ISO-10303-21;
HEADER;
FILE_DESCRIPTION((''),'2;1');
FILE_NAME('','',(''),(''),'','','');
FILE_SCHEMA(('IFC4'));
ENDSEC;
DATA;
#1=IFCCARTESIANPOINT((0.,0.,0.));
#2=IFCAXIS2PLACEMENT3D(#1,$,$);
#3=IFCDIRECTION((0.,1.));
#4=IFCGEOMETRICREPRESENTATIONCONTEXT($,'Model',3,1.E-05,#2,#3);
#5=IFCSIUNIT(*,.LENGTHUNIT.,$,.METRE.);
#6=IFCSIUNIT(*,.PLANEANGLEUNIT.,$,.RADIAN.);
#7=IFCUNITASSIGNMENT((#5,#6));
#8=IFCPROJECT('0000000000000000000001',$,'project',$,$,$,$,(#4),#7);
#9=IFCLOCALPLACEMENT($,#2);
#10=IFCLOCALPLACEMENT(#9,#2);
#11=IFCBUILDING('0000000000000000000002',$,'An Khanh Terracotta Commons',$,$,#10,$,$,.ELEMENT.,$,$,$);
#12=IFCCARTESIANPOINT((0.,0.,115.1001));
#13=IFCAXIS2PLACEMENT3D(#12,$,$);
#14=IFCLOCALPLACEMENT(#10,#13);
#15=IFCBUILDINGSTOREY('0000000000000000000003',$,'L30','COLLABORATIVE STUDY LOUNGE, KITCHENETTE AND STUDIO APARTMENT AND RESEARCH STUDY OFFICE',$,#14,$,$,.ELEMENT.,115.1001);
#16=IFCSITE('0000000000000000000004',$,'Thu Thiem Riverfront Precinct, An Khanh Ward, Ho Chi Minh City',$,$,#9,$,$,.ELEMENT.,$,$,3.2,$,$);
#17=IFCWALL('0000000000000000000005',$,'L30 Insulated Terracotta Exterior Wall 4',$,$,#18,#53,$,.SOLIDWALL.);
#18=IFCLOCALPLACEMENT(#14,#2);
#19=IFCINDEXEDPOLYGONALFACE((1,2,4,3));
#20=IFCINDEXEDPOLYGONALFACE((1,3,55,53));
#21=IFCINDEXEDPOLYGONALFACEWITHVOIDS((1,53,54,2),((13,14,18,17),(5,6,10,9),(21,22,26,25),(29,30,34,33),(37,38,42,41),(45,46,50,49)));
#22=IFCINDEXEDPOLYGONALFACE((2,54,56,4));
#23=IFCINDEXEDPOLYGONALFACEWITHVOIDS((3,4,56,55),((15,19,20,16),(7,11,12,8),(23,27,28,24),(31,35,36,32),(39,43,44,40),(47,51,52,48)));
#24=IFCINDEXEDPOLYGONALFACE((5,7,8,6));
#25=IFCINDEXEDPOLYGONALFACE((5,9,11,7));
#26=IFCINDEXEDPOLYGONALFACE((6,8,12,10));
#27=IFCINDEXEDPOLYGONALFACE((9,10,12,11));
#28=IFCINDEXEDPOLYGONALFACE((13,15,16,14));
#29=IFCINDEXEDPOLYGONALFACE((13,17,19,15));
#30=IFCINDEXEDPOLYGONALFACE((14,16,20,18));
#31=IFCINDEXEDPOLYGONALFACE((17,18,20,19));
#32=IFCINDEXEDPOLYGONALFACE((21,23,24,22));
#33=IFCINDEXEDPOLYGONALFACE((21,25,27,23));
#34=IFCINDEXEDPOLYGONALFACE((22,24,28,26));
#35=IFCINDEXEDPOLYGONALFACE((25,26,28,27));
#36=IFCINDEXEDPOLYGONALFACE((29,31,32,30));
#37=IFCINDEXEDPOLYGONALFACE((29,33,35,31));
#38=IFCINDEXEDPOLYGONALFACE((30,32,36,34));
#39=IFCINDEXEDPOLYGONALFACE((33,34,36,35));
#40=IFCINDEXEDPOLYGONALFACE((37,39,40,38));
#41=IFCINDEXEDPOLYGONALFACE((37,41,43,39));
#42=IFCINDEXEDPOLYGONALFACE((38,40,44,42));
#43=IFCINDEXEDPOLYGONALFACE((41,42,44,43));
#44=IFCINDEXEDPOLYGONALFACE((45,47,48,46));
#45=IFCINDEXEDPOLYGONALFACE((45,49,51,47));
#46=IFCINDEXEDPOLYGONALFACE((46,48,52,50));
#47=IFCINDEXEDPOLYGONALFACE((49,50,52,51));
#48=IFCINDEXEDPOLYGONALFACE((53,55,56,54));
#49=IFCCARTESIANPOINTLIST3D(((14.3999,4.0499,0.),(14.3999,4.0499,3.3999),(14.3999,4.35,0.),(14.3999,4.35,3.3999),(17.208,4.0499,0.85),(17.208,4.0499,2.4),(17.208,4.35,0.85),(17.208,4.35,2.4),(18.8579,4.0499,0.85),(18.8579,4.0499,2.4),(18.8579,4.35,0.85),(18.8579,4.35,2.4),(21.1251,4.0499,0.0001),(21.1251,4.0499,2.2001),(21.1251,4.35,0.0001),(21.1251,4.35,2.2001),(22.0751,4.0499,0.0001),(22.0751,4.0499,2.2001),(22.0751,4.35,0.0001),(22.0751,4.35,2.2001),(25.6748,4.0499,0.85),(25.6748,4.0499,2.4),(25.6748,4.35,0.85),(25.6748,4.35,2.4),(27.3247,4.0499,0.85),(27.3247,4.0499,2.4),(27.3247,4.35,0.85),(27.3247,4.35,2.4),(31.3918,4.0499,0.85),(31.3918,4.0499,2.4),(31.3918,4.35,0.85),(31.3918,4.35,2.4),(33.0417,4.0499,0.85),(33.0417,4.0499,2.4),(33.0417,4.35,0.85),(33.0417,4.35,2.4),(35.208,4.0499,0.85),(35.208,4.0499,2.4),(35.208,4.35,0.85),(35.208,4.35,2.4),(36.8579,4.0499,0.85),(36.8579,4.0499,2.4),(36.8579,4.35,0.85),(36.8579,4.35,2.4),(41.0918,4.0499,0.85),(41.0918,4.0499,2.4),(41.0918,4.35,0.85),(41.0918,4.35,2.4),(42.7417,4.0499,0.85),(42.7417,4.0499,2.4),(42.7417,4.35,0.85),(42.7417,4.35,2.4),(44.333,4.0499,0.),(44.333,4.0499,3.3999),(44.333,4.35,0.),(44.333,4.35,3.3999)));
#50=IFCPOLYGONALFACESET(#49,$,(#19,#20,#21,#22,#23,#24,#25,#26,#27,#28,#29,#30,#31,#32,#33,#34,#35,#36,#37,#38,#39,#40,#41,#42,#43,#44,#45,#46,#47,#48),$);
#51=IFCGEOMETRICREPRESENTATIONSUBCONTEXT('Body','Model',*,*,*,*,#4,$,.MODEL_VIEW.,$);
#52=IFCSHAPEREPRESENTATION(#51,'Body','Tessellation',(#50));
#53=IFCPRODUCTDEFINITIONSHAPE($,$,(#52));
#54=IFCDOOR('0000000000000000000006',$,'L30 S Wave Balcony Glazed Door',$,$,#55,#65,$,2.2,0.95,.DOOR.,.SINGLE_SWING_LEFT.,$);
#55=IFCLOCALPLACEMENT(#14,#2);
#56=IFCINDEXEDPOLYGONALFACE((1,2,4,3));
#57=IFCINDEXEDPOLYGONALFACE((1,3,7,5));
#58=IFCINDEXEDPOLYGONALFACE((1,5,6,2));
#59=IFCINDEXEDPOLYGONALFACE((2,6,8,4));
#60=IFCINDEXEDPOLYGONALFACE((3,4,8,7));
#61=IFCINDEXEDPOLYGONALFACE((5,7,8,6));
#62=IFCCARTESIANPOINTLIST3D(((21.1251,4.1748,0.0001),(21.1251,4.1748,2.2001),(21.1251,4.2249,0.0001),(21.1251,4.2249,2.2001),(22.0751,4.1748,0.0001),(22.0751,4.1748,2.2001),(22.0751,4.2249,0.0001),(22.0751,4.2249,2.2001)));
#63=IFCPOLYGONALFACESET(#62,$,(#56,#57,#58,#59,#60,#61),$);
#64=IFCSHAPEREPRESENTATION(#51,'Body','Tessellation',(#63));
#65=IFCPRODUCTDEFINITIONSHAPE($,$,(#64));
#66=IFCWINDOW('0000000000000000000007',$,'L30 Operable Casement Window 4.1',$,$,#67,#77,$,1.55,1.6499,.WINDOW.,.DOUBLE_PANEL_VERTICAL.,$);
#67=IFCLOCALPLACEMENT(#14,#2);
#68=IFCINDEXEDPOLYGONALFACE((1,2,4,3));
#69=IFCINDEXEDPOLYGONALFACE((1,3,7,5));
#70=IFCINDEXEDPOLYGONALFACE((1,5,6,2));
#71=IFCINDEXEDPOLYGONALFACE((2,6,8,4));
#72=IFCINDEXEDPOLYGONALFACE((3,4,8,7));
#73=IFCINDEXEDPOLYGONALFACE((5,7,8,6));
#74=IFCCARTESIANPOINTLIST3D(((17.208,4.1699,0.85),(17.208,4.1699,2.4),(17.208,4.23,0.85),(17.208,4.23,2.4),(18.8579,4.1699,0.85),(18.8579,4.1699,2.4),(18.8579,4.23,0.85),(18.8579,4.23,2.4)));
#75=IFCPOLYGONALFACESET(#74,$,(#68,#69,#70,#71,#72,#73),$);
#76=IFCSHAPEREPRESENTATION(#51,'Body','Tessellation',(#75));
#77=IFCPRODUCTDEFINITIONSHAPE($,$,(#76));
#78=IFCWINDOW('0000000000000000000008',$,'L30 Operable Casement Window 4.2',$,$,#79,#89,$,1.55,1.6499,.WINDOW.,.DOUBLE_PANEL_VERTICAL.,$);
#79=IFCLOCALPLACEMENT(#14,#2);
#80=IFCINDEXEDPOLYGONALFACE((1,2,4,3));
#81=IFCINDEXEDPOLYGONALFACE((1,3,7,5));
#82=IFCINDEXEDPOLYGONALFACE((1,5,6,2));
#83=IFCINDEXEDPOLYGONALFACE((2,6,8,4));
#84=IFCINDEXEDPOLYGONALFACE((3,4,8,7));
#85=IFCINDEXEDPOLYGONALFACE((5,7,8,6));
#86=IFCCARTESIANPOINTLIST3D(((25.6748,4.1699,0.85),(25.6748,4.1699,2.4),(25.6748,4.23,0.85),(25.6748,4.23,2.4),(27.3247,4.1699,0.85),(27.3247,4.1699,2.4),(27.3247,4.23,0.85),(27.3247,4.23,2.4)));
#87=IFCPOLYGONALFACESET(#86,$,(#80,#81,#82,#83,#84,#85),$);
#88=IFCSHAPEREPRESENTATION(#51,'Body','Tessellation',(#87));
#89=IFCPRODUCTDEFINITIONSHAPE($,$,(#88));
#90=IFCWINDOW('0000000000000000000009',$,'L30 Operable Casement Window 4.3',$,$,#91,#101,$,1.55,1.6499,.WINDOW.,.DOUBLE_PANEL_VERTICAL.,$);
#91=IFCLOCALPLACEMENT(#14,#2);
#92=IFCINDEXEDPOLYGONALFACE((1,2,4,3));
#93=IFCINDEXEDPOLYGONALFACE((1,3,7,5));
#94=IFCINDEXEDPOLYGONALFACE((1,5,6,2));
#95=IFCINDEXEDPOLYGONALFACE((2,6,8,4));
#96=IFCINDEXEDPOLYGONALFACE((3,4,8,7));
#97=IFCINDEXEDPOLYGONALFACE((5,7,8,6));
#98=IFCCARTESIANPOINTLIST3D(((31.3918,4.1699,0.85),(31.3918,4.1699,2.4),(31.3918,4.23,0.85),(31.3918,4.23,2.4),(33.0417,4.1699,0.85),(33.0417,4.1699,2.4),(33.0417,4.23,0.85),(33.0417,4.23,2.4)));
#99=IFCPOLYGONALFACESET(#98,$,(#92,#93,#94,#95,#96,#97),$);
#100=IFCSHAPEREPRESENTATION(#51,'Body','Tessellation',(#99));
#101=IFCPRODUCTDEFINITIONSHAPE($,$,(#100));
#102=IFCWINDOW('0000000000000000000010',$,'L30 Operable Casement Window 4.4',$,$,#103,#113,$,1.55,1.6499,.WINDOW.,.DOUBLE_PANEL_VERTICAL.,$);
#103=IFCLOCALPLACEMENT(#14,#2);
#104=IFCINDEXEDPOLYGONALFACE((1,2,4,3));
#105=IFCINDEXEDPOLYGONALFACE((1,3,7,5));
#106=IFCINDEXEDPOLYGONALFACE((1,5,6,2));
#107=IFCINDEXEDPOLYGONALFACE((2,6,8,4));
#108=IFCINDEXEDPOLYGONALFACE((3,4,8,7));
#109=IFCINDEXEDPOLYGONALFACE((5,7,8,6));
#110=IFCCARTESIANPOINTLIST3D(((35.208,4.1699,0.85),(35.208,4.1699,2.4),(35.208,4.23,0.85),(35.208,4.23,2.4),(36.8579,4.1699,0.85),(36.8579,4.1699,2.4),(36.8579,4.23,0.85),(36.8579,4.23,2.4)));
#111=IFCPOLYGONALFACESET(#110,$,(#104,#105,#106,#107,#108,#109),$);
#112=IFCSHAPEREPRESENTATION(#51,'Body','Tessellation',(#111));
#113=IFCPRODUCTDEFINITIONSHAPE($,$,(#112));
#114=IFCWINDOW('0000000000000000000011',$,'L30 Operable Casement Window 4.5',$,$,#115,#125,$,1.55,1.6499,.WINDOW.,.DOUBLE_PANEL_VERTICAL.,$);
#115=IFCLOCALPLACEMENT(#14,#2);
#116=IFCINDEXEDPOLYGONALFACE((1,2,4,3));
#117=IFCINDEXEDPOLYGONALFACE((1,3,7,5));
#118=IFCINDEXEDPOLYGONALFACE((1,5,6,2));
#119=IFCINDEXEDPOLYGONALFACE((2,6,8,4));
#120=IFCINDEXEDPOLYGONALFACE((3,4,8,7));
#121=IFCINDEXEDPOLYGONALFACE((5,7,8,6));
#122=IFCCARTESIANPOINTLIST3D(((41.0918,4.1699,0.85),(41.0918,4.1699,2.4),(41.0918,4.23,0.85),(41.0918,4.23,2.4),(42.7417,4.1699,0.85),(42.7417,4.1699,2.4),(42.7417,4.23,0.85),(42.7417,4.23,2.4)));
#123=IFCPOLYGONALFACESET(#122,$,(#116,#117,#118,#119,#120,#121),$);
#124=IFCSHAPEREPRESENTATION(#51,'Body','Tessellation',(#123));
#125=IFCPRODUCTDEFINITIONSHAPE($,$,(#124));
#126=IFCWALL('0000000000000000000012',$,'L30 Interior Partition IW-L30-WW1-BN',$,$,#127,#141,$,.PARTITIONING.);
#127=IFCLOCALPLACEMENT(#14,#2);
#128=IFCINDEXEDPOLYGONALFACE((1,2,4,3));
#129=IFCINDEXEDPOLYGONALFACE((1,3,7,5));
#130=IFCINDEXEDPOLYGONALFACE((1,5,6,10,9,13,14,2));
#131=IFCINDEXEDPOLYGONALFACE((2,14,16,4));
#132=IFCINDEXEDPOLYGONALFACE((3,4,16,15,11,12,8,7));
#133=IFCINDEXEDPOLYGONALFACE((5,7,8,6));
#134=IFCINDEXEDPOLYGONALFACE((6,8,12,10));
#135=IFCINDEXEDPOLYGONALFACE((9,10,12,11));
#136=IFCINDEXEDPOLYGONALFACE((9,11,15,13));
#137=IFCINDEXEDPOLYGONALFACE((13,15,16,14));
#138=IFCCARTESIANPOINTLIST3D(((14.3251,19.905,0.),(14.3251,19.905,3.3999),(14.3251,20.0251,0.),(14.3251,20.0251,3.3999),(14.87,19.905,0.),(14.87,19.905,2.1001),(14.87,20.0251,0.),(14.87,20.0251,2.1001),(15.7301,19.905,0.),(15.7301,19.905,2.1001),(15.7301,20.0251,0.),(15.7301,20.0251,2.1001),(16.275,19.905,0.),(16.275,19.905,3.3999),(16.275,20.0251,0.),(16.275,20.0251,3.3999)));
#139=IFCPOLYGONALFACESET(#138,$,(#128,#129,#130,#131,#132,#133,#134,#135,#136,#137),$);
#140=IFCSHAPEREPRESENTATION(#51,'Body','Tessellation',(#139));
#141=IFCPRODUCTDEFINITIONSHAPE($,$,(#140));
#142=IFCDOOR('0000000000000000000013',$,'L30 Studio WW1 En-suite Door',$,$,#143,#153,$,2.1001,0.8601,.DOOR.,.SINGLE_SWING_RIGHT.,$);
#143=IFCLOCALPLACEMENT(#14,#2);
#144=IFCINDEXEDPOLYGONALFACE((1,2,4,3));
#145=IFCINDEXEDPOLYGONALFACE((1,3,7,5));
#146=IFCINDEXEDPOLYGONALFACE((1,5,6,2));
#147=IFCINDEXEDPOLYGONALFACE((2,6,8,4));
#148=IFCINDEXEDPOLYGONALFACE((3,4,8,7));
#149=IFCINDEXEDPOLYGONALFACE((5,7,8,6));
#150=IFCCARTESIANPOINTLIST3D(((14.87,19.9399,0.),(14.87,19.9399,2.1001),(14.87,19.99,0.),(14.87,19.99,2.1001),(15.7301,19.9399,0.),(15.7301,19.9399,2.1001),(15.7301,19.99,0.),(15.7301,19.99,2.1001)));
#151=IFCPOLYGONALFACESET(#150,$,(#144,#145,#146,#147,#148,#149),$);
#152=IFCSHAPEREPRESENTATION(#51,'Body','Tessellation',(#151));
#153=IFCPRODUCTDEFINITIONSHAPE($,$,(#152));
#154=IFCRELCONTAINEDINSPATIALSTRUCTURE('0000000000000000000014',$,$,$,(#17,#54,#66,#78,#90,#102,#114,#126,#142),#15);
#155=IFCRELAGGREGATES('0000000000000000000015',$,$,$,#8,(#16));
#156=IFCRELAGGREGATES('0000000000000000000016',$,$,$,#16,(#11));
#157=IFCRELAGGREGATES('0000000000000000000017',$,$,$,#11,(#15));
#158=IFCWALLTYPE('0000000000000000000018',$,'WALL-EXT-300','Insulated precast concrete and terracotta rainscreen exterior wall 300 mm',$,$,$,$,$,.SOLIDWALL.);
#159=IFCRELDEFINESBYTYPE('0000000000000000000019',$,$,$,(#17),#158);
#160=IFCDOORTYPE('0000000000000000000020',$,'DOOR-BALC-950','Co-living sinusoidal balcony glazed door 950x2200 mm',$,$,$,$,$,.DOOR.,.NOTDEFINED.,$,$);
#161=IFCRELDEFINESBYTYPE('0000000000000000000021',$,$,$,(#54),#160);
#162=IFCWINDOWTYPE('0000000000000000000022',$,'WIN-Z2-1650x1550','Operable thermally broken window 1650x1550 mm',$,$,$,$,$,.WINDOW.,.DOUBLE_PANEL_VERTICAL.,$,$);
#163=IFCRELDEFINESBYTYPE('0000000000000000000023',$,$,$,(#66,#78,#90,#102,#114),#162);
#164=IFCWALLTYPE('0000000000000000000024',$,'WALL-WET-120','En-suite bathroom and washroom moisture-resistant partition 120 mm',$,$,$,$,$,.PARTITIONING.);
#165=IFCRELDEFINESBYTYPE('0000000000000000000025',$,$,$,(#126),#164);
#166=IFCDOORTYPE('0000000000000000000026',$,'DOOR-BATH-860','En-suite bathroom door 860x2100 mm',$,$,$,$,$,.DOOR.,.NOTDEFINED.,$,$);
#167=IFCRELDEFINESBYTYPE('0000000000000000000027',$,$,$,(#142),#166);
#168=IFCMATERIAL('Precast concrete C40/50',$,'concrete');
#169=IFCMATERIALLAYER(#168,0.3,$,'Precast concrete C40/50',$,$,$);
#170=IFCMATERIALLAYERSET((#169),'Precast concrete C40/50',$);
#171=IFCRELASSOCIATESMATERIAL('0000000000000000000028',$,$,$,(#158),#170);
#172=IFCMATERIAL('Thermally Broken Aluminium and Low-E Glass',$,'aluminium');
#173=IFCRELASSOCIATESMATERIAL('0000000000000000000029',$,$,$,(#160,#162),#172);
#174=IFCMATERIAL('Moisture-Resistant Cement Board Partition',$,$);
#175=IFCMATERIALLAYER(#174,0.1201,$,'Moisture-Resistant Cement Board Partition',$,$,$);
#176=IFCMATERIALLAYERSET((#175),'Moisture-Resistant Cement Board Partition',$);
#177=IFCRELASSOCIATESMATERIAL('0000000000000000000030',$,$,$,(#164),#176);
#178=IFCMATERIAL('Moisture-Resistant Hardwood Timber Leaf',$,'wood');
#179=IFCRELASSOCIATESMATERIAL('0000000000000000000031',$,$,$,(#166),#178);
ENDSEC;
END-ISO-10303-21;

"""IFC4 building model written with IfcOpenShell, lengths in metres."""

from ifc_helpers import new_model, si_unit, direction, frame, frame_2d, origin, place, context, subcontext, project, spatial, rectangle, extrude, material, layer, layer_set, type_object, element, fill, save


model = new_model("IFC4")

# Units and contexts
model_context = context("Model", 3, precision=1e-05, world=origin(), true_north=direction((0.0, 1.0)))
body_context = subcontext(model_context, "Body", "Model", "MODEL_VIEW")
ifc_project = project(units=[si_unit("LENGTHUNIT", "METRE"), si_unit("PLANEANGLEUNIT", "RADIAN")], contexts=[model_context])

# Site, building, storey
site_placement = place(None, origin())
site = spatial("IfcSite", under=ifc_project, at=site_placement, Name="Thu Thiem Riverfront Precinct, An Khanh Ward, Ho Chi Minh City", CompositionType="ELEMENT", RefElevation=3.2)
building_placement = place(site_placement, origin())
building = spatial("IfcBuilding", under=site, at=building_placement, Name="An Khanh Terracotta Commons", CompositionType="ELEMENT")
storey_placement = place(building_placement, frame((0.0, 0.0, 115.1001)))
storey = spatial("IfcBuildingStorey", under=building, at=storey_placement, Name="L30", Description="COLLABORATIVE STUDY LOUNGE, KITCHENETTE AND STUDIO APARTMENT AND RESEARCH STUDY OFFICE", CompositionType="ELEMENT", Elevation=115.1001)

# Shared definitions
ifc_material_1 = material(Name="Precast concrete C40/50", Category="concrete")
ifc_layer_1 = layer(ifc_material_1, 0.3, Name="Precast concrete C40/50")
ifc_layer_set_1 = layer_set([ifc_layer_1], Name="Precast concrete C40/50")
wall_type_1 = type_object("IfcWallType", Name="WALL-EXT-300", Description="Insulated precast concrete and terracotta rainscreen exterior wall 300 mm", PredefinedType="SOLIDWALL", material=ifc_layer_set_1)

# Wall, openings, door, windows
wall_1_placement = place(storey_placement, frame((14.3999, 4.2, 0.0), z_axis=(0.0, 0.0, 1.0), x_axis=(1.0, 0.0, 0.0)))
wall_1 = element("IfcWall", 1, at=wall_1_placement, inside=storey, type_object=wall_type_1, Name="L30 Insulated Terracotta Exterior Wall 4", PredefinedType="SOLIDWALL", context=body_context, shape_type="SweptSolid", body=[
    extrude(rectangle(XDim=29.9331, YDim=0.3, at=frame_2d((14.9666, 0.0))), origin(), (0.0, 0.0, 1.0), 3.3999),
])
opening_1_placement = place(wall_1_placement, frame((6.7251, 0.0, 0.0)))
opening_1 = element("IfcOpeningElement", 2, at=opening_1_placement, cuts=wall_1, PredefinedType="OPENING", context=body_context, shape_type="SweptSolid", body=[
    extrude(rectangle(XDim=0.95, YDim=2.2, at=frame_2d((0.4751, 1.1001))), frame((0.0, 0.1599, 0.0), z_axis=(0.0, -1.0, 0.0), x_axis=(1.0, 0.0, 0.0)), (0.0, 0.0, 1.0), 0.3201),
])
opening_2_placement = place(wall_1_placement, frame((2.8081, 0.0, 0.8501)))
opening_2 = element("IfcOpeningElement", 3, at=opening_2_placement, cuts=wall_1, PredefinedType="OPENING", context=body_context, shape_type="SweptSolid", body=[
    extrude(rectangle(XDim=1.6499, YDim=1.55, at=frame_2d((0.825, 0.7749))), frame((0.0, 0.1599, 0.0), z_axis=(0.0, -1.0, 0.0), x_axis=(1.0, 0.0, 0.0)), (0.0, 0.0, 1.0), 0.3201),
])
opening_3_placement = place(wall_1_placement, frame((11.2749, 0.0, 0.8501)))
opening_3 = element("IfcOpeningElement", 4, at=opening_3_placement, cuts=wall_1, PredefinedType="OPENING", context=body_context, shape_type="SweptSolid", body=[
    extrude(rectangle(XDim=1.6499, YDim=1.55, at=frame_2d((0.825, 0.7749))), frame((0.0, 0.1599, 0.0), z_axis=(0.0, -1.0, 0.0), x_axis=(1.0, 0.0, 0.0)), (0.0, 0.0, 1.0), 0.3201),
])
opening_4_placement = place(wall_1_placement, frame((16.9919, 0.0, 0.8501)))
opening_4 = element("IfcOpeningElement", 5, at=opening_4_placement, cuts=wall_1, PredefinedType="OPENING", context=body_context, shape_type="SweptSolid", body=[
    extrude(rectangle(XDim=1.6499, YDim=1.55, at=frame_2d((0.825, 0.7749))), frame((0.0, 0.1599, 0.0), z_axis=(0.0, -1.0, 0.0), x_axis=(1.0, 0.0, 0.0)), (0.0, 0.0, 1.0), 0.3201),
])
opening_5_placement = place(wall_1_placement, frame((20.8081, 0.0, 0.8501)))
opening_5 = element("IfcOpeningElement", 6, at=opening_5_placement, cuts=wall_1, PredefinedType="OPENING", context=body_context, shape_type="SweptSolid", body=[
    extrude(rectangle(XDim=1.6499, YDim=1.55, at=frame_2d((0.825, 0.7749))), frame((0.0, 0.1599, 0.0), z_axis=(0.0, -1.0, 0.0), x_axis=(1.0, 0.0, 0.0)), (0.0, 0.0, 1.0), 0.3201),
])
opening_6_placement = place(wall_1_placement, frame((26.6919, 0.0, 0.8501)))
opening_6 = element("IfcOpeningElement", 7, at=opening_6_placement, cuts=wall_1, PredefinedType="OPENING", context=body_context, shape_type="SweptSolid", body=[
    extrude(rectangle(XDim=1.6499, YDim=1.55, at=frame_2d((0.825, 0.7749))), frame((0.0, 0.1599, 0.0), z_axis=(0.0, -1.0, 0.0), x_axis=(1.0, 0.0, 0.0)), (0.0, 0.0, 1.0), 0.3201),
])
ifc_material_2 = material(Name="Thermally Broken Aluminium and Low-E Glass", Category="aluminium")
door_type_1 = type_object("IfcDoorType", Name="DOOR-BALC-950", Description="Co-living sinusoidal balcony glazed door 950x2200 mm", OperationType="NOTDEFINED", PredefinedType="DOOR", material=ifc_material_2)
door_1_placement = place(opening_1_placement, origin())
door_1 = element("IfcDoor", 8, at=door_1_placement, inside=storey, type_object=door_type_1, Name="L30 S Wave Balcony Glazed Door", OperationType="SINGLE_SWING_LEFT", OverallHeight=2.2, OverallWidth=0.95, PredefinedType="DOOR", context=body_context, shape_type="SweptSolid", body=[
    extrude(rectangle(XDim=0.95, YDim=2.2, at=frame_2d((0.4751, 1.1001))), frame((0.0, 0.0249, 0.0), z_axis=(0.0, -1.0, 0.0), x_axis=(1.0, 0.0, 0.0)), (0.0, 0.0, 1.0), 0.05),
])
fill(opening_1, door_1)
window_type = type_object("IfcWindowType", Name="WIN-Z2-1650x1550", Description="Operable thermally broken window 1650x1550 mm", PartitioningType="DOUBLE_PANEL_VERTICAL", PredefinedType="WINDOW", material=ifc_material_2)
window_1_placement = place(opening_2_placement, origin())
window_1 = element("IfcWindow", 9, at=window_1_placement, inside=storey, type_object=window_type, Name="L30 Operable Casement Window 4.1", OverallHeight=1.55, OverallWidth=1.6499, PartitioningType="DOUBLE_PANEL_VERTICAL", PredefinedType="WINDOW", context=body_context, shape_type="SweptSolid", body=[
    extrude(rectangle(XDim=1.6499, YDim=1.55, at=frame_2d((0.825, 0.7749))), frame((0.0, 0.03, 0.0), z_axis=(0.0, -1.0, 0.0), x_axis=(1.0, 0.0, 0.0)), (0.0, 0.0, 1.0), 0.0601),
])
fill(opening_2, window_1)
window_2_placement = place(opening_3_placement, origin())
window_2 = element("IfcWindow", 10, at=window_2_placement, inside=storey, type_object=window_type, Name="L30 Operable Casement Window 4.2", OverallHeight=1.55, OverallWidth=1.6499, PartitioningType="DOUBLE_PANEL_VERTICAL", PredefinedType="WINDOW", context=body_context, shape_type="SweptSolid", body=[
    extrude(rectangle(XDim=1.6499, YDim=1.55, at=frame_2d((0.825, 0.7749))), frame((0.0, 0.03, 0.0), z_axis=(0.0, -1.0, 0.0), x_axis=(1.0, 0.0, 0.0)), (0.0, 0.0, 1.0), 0.0601),
])
fill(opening_3, window_2)
window_3_placement = place(opening_4_placement, origin())
window_3 = element("IfcWindow", 11, at=window_3_placement, inside=storey, type_object=window_type, Name="L30 Operable Casement Window 4.3", OverallHeight=1.55, OverallWidth=1.6499, PartitioningType="DOUBLE_PANEL_VERTICAL", PredefinedType="WINDOW", context=body_context, shape_type="SweptSolid", body=[
    extrude(rectangle(XDim=1.6499, YDim=1.55, at=frame_2d((0.825, 0.7749))), frame((0.0, 0.03, 0.0), z_axis=(0.0, -1.0, 0.0), x_axis=(1.0, 0.0, 0.0)), (0.0, 0.0, 1.0), 0.0601),
])
fill(opening_4, window_3)
window_4_placement = place(opening_5_placement, origin())
window_4 = element("IfcWindow", 12, at=window_4_placement, inside=storey, type_object=window_type, Name="L30 Operable Casement Window 4.4", OverallHeight=1.55, OverallWidth=1.6499, PartitioningType="DOUBLE_PANEL_VERTICAL", PredefinedType="WINDOW", context=body_context, shape_type="SweptSolid", body=[
    extrude(rectangle(XDim=1.6499, YDim=1.55, at=frame_2d((0.825, 0.7749))), frame((0.0, 0.03, 0.0), z_axis=(0.0, -1.0, 0.0), x_axis=(1.0, 0.0, 0.0)), (0.0, 0.0, 1.0), 0.0601),
])
fill(opening_5, window_4)
window_5_placement = place(opening_6_placement, origin())
window_5 = element("IfcWindow", 13, at=window_5_placement, inside=storey, type_object=window_type, Name="L30 Operable Casement Window 4.5", OverallHeight=1.55, OverallWidth=1.6499, PartitioningType="DOUBLE_PANEL_VERTICAL", PredefinedType="WINDOW", context=body_context, shape_type="SweptSolid", body=[
    extrude(rectangle(XDim=1.6499, YDim=1.55, at=frame_2d((0.825, 0.7749))), frame((0.0, 0.03, 0.0), z_axis=(0.0, -1.0, 0.0), x_axis=(1.0, 0.0, 0.0)), (0.0, 0.0, 1.0), 0.0601),
])
fill(opening_6, window_5)

# Wall, opening, door
ifc_material_3 = material(Name="Moisture-Resistant Cement Board Partition")
ifc_layer_2 = layer(ifc_material_3, 0.1201, Name="Moisture-Resistant Cement Board Partition")
ifc_layer_set_2 = layer_set([ifc_layer_2], Name="Moisture-Resistant Cement Board Partition")
wall_type_2 = type_object("IfcWallType", Name="WALL-WET-120", Description="En-suite bathroom and washroom moisture-resistant partition 120 mm", PredefinedType="PARTITIONING", material=ifc_layer_set_2)
wall_2_placement = place(storey_placement, frame((14.325, 19.9651, 0.0), z_axis=(0.0, 0.0, 1.0), x_axis=(1.0, 0.0, 0.0)))
wall_2 = element("IfcWall", 14, at=wall_2_placement, inside=storey, type_object=wall_type_2, Name="L30 Interior Partition IW-L30-WW1-BN", PredefinedType="PARTITIONING", context=body_context, shape_type="SweptSolid", body=[
    extrude(rectangle(XDim=1.95, YDim=0.1201, at=frame_2d((0.9751, 0.0))), origin(), (0.0, 0.0, 1.0), 3.3999),
])
opening_7_placement = place(wall_2_placement, frame((0.5449, 0.0, 0.0)))
opening_7 = element("IfcOpeningElement", 15, at=opening_7_placement, cuts=wall_2, PredefinedType="OPENING", context=body_context, shape_type="SweptSolid", body=[
    extrude(rectangle(XDim=0.8601, YDim=2.1001, at=frame_2d((0.4302, 1.05))), frame((0.0, 0.0701, 0.0), z_axis=(0.0, -1.0, 0.0), x_axis=(1.0, 0.0, 0.0)), (0.0, 0.0, 1.0), 0.1401),
])
ifc_material_4 = material(Name="Moisture-Resistant Hardwood Timber Leaf", Category="wood")
door_type_2 = type_object("IfcDoorType", Name="DOOR-BATH-860", Description="En-suite bathroom door 860x2100 mm", OperationType="NOTDEFINED", PredefinedType="DOOR", material=ifc_material_4)
door_2_placement = place(opening_7_placement, origin())
door_2 = element("IfcDoor", 16, at=door_2_placement, inside=storey, type_object=door_type_2, Name="L30 Studio WW1 En-suite Door", OperationType="SINGLE_SWING_RIGHT", OverallHeight=2.1001, OverallWidth=0.8601, PredefinedType="DOOR", context=body_context, shape_type="SweptSolid", body=[
    extrude(rectangle(XDim=0.8601, YDim=2.1001, at=frame_2d((0.4302, 1.05))), frame((0.0, 0.0249, 0.0), z_axis=(0.0, -1.0, 0.0), x_axis=(1.0, 0.0, 0.0)), (0.0, 0.0, 1.0), 0.05),
])
fill(opening_7, door_2)

save(model, "model.ifc")
